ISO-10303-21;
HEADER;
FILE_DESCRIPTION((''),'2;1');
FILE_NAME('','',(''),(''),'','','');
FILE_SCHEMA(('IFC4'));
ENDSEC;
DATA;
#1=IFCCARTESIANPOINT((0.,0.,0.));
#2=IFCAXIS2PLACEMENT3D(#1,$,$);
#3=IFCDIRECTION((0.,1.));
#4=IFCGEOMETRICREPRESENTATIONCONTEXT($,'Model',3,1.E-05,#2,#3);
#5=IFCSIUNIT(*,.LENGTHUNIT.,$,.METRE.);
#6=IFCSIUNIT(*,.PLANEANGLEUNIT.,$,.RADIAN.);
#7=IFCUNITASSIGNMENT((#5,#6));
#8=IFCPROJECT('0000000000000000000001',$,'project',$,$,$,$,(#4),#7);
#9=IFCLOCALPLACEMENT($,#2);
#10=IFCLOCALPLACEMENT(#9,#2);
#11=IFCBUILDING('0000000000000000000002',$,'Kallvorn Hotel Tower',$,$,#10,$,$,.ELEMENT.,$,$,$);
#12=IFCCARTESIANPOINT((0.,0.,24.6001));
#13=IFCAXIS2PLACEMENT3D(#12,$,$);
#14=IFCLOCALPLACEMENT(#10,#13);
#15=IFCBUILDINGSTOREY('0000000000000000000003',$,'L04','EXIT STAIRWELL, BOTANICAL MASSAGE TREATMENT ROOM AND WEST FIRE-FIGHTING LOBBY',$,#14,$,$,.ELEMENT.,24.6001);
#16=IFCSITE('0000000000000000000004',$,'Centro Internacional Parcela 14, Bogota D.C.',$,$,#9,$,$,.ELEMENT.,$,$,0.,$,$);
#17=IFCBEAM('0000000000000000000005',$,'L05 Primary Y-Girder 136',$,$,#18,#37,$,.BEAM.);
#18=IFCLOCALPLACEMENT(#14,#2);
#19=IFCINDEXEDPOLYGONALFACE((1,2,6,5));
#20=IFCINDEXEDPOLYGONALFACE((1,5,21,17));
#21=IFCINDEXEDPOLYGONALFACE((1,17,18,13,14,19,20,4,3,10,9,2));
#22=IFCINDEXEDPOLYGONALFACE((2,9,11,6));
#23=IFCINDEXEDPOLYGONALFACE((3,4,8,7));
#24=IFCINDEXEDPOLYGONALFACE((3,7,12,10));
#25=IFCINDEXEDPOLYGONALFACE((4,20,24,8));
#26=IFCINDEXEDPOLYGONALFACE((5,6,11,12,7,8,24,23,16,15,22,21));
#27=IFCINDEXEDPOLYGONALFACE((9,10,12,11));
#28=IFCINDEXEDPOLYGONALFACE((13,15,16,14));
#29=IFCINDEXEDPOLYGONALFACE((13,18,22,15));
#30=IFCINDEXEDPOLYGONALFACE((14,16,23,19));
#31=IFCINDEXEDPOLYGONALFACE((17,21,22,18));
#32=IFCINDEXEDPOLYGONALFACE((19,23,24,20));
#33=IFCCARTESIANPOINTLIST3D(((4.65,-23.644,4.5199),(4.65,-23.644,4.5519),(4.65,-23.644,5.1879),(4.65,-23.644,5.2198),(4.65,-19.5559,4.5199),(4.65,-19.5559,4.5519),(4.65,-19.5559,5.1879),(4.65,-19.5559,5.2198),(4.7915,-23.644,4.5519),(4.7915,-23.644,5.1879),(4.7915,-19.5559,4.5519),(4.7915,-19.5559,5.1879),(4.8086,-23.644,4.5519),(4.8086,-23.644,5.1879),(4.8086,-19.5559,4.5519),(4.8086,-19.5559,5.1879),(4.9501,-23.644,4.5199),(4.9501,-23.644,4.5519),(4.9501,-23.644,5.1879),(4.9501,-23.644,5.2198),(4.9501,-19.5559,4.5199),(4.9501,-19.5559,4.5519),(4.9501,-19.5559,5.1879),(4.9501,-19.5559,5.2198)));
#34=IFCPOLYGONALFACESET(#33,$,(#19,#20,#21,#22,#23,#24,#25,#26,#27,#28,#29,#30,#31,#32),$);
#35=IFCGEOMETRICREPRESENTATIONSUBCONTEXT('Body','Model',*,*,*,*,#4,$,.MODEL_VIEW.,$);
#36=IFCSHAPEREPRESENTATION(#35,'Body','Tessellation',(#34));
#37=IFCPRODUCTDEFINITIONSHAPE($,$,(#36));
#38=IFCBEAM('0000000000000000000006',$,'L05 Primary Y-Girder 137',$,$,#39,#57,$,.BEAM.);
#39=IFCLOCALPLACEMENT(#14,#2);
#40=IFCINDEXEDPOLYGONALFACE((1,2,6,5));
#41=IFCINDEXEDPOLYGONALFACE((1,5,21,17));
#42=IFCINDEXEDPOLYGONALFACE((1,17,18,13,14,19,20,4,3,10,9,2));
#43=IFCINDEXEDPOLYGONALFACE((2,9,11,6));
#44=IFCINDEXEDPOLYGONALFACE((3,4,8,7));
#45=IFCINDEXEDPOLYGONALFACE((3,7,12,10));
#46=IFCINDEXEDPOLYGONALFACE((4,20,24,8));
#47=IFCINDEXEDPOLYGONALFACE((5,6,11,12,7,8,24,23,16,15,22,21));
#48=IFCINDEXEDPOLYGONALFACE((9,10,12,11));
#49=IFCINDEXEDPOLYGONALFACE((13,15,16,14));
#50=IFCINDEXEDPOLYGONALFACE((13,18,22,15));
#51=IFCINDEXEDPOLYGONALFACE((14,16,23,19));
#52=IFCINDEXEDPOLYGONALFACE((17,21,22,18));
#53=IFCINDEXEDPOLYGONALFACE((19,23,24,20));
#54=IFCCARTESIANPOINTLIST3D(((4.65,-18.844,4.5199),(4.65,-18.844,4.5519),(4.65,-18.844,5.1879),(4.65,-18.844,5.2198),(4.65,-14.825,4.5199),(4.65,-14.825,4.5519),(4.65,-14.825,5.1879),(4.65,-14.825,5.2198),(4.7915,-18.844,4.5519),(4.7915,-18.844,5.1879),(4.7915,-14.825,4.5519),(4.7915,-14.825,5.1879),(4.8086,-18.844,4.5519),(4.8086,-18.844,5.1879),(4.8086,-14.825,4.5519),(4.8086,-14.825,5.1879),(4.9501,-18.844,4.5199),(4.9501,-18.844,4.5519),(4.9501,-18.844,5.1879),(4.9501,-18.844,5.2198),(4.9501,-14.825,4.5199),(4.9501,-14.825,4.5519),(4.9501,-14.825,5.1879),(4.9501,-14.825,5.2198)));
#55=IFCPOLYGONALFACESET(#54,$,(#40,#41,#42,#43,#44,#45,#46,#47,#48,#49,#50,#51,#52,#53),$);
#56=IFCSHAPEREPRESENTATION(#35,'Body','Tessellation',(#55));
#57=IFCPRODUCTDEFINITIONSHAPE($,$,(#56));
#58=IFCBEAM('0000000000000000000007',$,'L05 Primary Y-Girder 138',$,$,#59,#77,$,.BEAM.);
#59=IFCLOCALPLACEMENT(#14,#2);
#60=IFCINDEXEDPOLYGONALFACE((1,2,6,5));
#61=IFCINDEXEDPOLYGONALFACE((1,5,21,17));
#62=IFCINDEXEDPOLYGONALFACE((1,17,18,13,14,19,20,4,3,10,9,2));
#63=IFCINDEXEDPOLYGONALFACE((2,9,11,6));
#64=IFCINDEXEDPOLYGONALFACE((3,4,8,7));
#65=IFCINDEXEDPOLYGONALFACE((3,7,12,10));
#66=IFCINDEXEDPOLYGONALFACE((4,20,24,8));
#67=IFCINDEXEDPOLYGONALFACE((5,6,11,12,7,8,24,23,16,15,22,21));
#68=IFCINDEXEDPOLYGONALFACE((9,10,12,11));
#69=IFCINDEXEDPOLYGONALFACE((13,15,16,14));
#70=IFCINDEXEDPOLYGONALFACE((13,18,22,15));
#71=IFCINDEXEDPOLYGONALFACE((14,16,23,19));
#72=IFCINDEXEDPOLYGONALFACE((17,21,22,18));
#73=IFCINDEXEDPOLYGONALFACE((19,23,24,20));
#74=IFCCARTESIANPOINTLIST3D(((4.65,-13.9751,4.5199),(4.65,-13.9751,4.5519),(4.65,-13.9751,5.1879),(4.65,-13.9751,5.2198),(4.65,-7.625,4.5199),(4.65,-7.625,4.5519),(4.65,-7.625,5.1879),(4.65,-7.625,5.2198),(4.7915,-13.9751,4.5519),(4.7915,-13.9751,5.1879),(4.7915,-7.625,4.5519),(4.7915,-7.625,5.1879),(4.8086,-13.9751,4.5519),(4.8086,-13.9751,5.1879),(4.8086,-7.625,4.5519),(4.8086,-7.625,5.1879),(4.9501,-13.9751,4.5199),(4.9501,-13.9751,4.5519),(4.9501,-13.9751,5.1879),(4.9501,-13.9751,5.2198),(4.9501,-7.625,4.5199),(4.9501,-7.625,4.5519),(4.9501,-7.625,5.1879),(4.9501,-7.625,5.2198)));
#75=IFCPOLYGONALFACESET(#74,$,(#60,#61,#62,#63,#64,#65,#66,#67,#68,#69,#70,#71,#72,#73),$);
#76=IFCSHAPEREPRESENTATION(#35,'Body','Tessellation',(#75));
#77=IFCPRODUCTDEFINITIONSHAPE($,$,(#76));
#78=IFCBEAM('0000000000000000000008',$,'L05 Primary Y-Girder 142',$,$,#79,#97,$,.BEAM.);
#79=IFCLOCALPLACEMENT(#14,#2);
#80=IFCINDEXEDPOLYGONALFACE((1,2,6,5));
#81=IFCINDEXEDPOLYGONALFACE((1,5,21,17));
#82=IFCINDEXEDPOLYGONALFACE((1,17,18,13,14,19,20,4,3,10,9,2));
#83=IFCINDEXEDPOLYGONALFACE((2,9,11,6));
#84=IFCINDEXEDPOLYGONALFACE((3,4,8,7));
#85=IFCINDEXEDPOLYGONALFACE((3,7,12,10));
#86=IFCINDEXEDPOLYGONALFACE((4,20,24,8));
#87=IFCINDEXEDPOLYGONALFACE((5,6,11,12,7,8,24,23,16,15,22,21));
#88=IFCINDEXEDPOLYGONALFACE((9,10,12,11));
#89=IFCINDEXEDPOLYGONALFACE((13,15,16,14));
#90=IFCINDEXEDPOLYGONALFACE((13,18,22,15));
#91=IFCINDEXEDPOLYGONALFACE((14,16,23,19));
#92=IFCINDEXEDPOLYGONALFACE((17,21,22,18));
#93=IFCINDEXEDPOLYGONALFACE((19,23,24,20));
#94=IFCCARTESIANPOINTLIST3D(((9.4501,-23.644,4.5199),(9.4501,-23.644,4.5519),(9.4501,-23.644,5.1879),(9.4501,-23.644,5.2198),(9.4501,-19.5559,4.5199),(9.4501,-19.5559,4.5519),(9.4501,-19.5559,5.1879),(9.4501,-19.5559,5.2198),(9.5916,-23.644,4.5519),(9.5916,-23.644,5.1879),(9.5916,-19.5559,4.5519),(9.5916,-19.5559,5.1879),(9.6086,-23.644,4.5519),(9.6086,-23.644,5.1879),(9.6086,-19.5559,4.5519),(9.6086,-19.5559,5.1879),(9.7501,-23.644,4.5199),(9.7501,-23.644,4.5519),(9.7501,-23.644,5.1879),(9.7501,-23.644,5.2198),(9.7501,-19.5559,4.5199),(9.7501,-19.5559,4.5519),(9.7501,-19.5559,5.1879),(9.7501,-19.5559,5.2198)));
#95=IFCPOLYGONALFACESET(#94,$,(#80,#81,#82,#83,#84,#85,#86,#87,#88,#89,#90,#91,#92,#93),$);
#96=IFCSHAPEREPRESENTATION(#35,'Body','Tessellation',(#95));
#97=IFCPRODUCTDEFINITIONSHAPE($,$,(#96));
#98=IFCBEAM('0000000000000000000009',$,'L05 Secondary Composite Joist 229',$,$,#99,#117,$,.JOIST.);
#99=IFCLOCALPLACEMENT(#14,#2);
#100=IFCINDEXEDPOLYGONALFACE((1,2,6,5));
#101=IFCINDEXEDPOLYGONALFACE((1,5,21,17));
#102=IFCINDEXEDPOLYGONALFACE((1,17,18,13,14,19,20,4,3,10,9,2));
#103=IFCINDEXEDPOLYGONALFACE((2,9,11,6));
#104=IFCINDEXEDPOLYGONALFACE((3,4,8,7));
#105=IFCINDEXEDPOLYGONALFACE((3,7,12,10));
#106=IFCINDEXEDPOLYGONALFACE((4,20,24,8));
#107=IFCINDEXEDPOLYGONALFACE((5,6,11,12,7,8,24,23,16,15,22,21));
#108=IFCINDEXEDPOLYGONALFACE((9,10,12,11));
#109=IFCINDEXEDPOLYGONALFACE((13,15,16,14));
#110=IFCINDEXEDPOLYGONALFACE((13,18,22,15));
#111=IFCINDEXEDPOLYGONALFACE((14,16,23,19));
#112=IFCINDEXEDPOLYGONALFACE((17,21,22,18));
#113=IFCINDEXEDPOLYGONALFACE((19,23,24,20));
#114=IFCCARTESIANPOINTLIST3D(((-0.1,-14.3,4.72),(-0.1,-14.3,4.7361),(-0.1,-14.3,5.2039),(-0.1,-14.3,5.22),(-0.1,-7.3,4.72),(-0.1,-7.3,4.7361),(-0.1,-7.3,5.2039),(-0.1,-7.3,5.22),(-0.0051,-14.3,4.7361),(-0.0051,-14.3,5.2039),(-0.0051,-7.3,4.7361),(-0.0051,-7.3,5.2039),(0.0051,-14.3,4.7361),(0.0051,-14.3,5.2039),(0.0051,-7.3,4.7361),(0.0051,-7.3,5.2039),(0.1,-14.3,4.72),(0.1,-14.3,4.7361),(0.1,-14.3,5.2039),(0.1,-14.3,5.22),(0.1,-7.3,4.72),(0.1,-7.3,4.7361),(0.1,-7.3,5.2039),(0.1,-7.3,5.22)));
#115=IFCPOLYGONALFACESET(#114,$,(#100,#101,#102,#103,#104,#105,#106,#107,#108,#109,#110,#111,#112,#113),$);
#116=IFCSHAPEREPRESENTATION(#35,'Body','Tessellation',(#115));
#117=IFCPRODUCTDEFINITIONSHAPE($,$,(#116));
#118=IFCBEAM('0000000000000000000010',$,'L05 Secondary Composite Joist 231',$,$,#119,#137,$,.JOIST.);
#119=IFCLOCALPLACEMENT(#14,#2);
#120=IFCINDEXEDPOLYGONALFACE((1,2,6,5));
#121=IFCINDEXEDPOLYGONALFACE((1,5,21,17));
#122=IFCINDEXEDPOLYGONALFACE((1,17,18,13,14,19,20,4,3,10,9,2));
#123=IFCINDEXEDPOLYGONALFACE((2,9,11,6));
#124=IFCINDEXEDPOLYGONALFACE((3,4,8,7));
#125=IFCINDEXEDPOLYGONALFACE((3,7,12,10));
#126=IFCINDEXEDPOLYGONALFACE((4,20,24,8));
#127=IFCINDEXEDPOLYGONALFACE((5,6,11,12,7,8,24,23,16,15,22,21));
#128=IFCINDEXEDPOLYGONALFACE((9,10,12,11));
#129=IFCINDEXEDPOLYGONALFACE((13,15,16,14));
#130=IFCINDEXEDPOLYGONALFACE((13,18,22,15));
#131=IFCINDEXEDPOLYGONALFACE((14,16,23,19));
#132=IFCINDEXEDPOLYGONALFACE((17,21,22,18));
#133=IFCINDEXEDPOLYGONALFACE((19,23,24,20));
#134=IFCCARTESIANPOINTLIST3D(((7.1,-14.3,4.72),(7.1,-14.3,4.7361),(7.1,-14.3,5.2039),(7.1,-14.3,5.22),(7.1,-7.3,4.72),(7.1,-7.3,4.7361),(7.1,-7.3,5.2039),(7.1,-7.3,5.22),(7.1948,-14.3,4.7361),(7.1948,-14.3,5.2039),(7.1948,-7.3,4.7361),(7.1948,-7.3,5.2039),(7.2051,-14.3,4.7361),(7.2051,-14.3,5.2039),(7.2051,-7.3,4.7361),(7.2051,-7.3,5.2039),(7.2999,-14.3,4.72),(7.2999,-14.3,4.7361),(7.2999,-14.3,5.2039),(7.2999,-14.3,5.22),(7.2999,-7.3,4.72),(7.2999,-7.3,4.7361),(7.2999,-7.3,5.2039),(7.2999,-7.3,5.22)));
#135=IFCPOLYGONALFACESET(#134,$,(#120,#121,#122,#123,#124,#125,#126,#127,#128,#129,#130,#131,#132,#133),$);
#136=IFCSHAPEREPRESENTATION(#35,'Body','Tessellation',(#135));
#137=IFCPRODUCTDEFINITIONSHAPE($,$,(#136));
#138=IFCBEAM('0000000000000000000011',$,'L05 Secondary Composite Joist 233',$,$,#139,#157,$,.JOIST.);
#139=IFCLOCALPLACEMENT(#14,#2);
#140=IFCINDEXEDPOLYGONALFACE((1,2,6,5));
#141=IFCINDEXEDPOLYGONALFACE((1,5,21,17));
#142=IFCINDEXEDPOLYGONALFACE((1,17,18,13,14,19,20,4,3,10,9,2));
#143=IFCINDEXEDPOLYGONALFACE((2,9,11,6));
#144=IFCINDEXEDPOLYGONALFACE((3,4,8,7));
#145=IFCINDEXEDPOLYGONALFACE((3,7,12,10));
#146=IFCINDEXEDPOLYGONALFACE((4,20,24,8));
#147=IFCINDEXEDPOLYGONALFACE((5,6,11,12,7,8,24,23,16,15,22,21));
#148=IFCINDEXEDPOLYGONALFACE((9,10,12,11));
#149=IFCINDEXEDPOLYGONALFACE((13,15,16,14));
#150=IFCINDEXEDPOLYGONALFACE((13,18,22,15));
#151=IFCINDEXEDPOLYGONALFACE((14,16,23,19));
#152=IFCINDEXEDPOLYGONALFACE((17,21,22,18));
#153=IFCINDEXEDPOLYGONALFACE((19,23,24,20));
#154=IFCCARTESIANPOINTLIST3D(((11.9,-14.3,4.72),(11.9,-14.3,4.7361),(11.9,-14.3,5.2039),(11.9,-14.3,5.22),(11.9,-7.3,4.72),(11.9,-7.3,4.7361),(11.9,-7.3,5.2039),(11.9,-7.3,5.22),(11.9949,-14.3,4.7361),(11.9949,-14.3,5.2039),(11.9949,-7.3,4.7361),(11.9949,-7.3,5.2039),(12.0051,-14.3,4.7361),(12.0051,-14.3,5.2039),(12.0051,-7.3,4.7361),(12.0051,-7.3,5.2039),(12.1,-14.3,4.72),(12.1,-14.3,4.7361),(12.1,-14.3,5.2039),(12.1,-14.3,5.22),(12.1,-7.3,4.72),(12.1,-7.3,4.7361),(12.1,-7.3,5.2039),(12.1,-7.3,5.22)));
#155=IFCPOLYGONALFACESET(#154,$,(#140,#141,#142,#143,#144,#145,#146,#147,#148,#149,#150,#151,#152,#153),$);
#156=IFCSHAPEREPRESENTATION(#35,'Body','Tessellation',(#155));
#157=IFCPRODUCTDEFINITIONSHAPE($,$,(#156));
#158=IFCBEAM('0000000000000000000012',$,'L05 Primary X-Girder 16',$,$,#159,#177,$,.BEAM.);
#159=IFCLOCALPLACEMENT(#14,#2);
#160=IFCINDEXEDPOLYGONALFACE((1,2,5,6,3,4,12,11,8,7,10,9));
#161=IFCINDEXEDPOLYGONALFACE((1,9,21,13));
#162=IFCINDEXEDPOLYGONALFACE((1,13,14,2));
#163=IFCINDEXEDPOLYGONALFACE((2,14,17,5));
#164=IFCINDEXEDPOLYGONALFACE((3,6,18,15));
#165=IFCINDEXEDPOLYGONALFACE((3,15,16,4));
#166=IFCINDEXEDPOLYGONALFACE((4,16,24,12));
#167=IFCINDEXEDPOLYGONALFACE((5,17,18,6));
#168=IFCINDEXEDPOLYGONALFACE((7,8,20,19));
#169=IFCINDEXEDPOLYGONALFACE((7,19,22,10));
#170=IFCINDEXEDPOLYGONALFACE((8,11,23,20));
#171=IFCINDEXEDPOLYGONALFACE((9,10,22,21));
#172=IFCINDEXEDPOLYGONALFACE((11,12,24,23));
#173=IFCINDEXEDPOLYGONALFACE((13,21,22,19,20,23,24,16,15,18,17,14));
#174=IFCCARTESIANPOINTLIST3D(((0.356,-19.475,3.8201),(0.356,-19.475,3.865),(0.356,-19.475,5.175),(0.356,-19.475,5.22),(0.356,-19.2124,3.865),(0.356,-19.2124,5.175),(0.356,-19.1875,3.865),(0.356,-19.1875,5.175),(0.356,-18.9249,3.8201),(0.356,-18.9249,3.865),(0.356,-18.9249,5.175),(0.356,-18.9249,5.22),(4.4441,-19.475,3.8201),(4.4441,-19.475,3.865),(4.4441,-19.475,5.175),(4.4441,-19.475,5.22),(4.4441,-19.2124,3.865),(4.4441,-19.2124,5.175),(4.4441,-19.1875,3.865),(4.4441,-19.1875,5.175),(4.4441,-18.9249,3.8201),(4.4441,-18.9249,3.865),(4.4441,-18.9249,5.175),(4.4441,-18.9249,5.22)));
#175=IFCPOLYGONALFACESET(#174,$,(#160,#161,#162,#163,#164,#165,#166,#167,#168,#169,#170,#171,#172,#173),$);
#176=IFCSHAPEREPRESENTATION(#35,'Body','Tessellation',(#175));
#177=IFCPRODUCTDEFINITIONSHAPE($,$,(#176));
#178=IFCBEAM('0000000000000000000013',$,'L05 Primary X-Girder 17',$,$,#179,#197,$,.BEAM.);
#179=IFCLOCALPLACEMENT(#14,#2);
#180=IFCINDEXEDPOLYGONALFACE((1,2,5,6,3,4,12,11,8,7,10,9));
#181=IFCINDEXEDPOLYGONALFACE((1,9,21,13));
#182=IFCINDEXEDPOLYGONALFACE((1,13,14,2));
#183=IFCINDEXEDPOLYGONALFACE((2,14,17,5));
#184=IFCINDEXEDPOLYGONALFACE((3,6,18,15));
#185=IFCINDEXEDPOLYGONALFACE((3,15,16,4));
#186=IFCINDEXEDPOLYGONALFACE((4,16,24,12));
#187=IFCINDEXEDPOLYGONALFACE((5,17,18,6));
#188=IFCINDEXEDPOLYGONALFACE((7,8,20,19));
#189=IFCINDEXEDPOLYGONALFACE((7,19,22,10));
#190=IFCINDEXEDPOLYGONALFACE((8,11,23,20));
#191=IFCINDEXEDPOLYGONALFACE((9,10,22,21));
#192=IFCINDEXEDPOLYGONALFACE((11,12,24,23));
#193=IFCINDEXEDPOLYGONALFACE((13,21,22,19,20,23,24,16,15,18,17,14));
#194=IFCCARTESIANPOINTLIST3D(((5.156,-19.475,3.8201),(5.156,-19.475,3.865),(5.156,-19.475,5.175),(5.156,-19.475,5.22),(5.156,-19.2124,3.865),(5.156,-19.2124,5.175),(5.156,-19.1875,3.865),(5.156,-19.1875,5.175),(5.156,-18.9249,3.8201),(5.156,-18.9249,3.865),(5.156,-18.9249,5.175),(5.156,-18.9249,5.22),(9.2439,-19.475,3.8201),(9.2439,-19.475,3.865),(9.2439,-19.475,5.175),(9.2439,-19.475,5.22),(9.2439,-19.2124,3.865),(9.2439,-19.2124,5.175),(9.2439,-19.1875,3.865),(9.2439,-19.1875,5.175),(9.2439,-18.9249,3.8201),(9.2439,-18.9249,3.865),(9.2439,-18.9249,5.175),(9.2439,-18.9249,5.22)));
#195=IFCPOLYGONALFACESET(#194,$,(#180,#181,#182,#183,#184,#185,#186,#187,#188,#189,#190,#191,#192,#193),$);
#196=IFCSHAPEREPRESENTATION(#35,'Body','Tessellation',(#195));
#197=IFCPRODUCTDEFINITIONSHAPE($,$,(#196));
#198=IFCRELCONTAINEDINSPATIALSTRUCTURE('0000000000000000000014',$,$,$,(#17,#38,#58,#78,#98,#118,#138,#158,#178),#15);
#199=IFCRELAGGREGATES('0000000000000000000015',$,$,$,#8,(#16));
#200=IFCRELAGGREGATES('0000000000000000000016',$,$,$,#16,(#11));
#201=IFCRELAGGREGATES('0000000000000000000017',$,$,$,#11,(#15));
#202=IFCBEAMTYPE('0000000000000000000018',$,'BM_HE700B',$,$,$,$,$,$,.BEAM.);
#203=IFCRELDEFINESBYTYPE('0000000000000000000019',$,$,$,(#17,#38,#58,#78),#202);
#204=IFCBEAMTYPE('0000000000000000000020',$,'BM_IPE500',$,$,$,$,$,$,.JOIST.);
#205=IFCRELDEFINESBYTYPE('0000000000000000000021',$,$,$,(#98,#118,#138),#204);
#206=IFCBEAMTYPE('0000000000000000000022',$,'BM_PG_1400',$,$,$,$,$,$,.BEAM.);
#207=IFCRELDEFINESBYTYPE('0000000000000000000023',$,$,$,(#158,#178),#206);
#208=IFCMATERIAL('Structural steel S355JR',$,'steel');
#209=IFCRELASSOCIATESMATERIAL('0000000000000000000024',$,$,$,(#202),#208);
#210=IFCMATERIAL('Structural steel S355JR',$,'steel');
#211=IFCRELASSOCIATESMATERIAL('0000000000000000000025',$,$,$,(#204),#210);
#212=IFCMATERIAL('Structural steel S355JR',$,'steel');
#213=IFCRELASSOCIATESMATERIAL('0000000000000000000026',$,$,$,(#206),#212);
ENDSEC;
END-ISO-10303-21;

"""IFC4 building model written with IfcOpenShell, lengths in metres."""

from ifc_helpers import new_model, si_unit, direction, frame, origin, origin_2d, place, context, subcontext, project, spatial, i_section, extrude, material, material_profile, profile_set, type_object, element, save


model = new_model("IFC4")

# Units and contexts
model_context = context("Model", 3, precision=1e-05, world=origin(), true_north=direction((0.0, 1.0)))
body_context = subcontext(model_context, "Body", "Model", "MODEL_VIEW")
ifc_project = project(units=[si_unit("LENGTHUNIT", "METRE"), si_unit("PLANEANGLEUNIT", "RADIAN")], contexts=[model_context])

# Site, building, storey
site_placement = place(None, origin())
site = spatial("IfcSite", under=ifc_project, at=site_placement, Name="Centro Internacional Parcela 14, Bogota D.C.", CompositionType="ELEMENT", RefElevation=0.0)
building_placement = place(site_placement, origin())
building = spatial("IfcBuilding", under=site, at=building_placement, Name="Kallvorn Hotel Tower", CompositionType="ELEMENT")
storey_placement = place(building_placement, frame((0.0, 0.0, 24.6001)))
storey = spatial("IfcBuildingStorey", under=building, at=storey_placement, Name="L04", Description="EXIT STAIRWELL, BOTANICAL MASSAGE TREATMENT ROOM AND WEST FIRE-FIGHTING LOBBY", CompositionType="ELEMENT", Elevation=24.6001)

# Beams
ifc_material_1 = material(Name="Structural steel S355JR", Category="steel")
ifc_material_profile_1 = material_profile(ifc_material_1, i_section(OverallWidth=0.3, OverallDepth=0.7, WebThickness=0.0171, FlangeThickness=0.032, at=origin_2d()), Name="HE 700 B")
ifc_profile_set_1 = profile_set([ifc_material_profile_1], Name="Structural steel S355JR")
beam_type_1 = type_object("IfcBeamType", Name="BM_HE700B", PredefinedType="BEAM", material=ifc_profile_set_1)
for number, where, z_axis, x_axis, name in (
    (1, (4.8, -23.644, 4.8699), (0.0, 1.0, 0.0), (-1.0, 0.0, 0.0), "L05 Primary Y-Girder 136"),
):
    element("IfcBeam", number, at=place(storey_placement, frame(where, z_axis=z_axis, x_axis=x_axis)), inside=storey, type_object=beam_type_1, Name=name, PredefinedType="BEAM", context=body_context, shape_type="SweptSolid", body=[
        extrude(i_section(OverallWidth=0.3, OverallDepth=0.7, WebThickness=0.0171, FlangeThickness=0.032, at=origin_2d()), origin(), (0.0, 0.0, 1.0), 4.0881),
    ])
beam_1_placement = place(storey_placement, frame((4.8, -18.844, 4.8699), z_axis=(0.0, 1.0, 0.0), x_axis=(-1.0, 0.0, 0.0)))
element("IfcBeam", 2, at=beam_1_placement, inside=storey, type_object=beam_type_1, Name="L05 Primary Y-Girder 137", PredefinedType="BEAM", context=body_context, shape_type="SweptSolid", body=[
    extrude(i_section(OverallWidth=0.3, OverallDepth=0.7, WebThickness=0.0171, FlangeThickness=0.032, at=origin_2d()), origin(), (0.0, 0.0, 1.0), 4.019),
])
beam_2_placement = place(storey_placement, frame((4.8, -13.9751, 4.8699), z_axis=(0.0, 1.0, 0.0), x_axis=(-1.0, 0.0, 0.0)))
element("IfcBeam", 3, at=beam_2_placement, inside=storey, type_object=beam_type_1, Name="L05 Primary Y-Girder 138", PredefinedType="BEAM", context=body_context, shape_type="SweptSolid", body=[
    extrude(i_section(OverallWidth=0.3, OverallDepth=0.7, WebThickness=0.0171, FlangeThickness=0.032, at=origin_2d()), origin(), (0.0, 0.0, 1.0), 6.3501),
])
beam_3_placement = place(storey_placement, frame((9.6001, -23.644, 4.8699), z_axis=(0.0, 1.0, 0.0), x_axis=(-1.0, 0.0, 0.0)))
element("IfcBeam", 4, at=beam_3_placement, inside=storey, type_object=beam_type_1, Name="L05 Primary Y-Girder 142", PredefinedType="BEAM", context=body_context, shape_type="SweptSolid", body=[
    extrude(i_section(OverallWidth=0.3, OverallDepth=0.7, WebThickness=0.0171, FlangeThickness=0.032, at=origin_2d()), origin(), (0.0, 0.0, 1.0), 4.0881),
])
ifc_material_2 = material(Name="Structural steel S355JR", Category="steel")
ifc_material_profile_2 = material_profile(ifc_material_2, i_section(OverallWidth=0.2, OverallDepth=0.5, WebThickness=0.0103, FlangeThickness=0.0161, at=origin_2d()), Name="IPE 500")
ifc_profile_set_2 = profile_set([ifc_material_profile_2], Name="Structural steel S355JR")
beam_type_2 = type_object("IfcBeamType", Name="BM_IPE500", PredefinedType="JOIST", material=ifc_profile_set_2)
for number, where, z_axis, x_axis, name in (
    (5, (0.0, -14.3, 4.97), (0.0, 1.0, 0.0), (-1.0, 0.0, 0.0), "L05 Secondary Composite Joist 229"),
    (6, (7.2, -14.3, 4.97), (0.0, 1.0, 0.0), (-1.0, 0.0, 0.0), "L05 Secondary Composite Joist 231"),
    (7, (12.0, -14.3, 4.97), (0.0, 1.0, 0.0), (-1.0, 0.0, 0.0), "L05 Secondary Composite Joist 233"),
):
    element("IfcBeam", number, at=place(storey_placement, frame(where, z_axis=z_axis, x_axis=x_axis)), inside=storey, type_object=beam_type_2, Name=name, PredefinedType="JOIST", context=body_context, shape_type="SweptSolid", body=[
        extrude(i_section(OverallWidth=0.2, OverallDepth=0.5, WebThickness=0.0103, FlangeThickness=0.0161, at=origin_2d()), origin(), (0.0, 0.0, 1.0), 7.0),
    ])
ifc_material_3 = material(Name="Structural steel S355JR", Category="steel")
ifc_material_profile_3 = material_profile(ifc_material_3, i_section(OverallWidth=0.55, OverallDepth=1.3999, WebThickness=0.0249, FlangeThickness=0.0449, at=origin_2d()), Name="PG 1400x550x25x45")
ifc_profile_set_3 = profile_set([ifc_material_profile_3], Name="Structural steel S355JR")
beam_type_3 = type_object("IfcBeamType", Name="BM_PG_1400", PredefinedType="BEAM", material=ifc_profile_set_3)
beam_4_placement = place(storey_placement, frame((0.356, -19.2, 4.52), z_axis=(1.0, 0.0, 0.0), x_axis=(0.0, 1.0, 0.0)))
element("IfcBeam", 8, at=beam_4_placement, inside=storey, type_object=beam_type_3, Name="L05 Primary X-Girder 16", PredefinedType="BEAM", context=body_context, shape_type="SweptSolid", body=[
    extrude(i_section(OverallWidth=0.55, OverallDepth=1.3999, WebThickness=0.0249, FlangeThickness=0.0449, at=origin_2d()), origin(), (0.0, 0.0, 1.0), 4.0881),
])
for number, where, z_axis, x_axis, name in (
    (9, (5.156, -19.2, 4.52), (1.0, 0.0, 0.0), (0.0, 1.0, 0.0), "L05 Primary X-Girder 17"),
):
    element("IfcBeam", number, at=place(storey_placement, frame(where, z_axis=z_axis, x_axis=x_axis)), inside=storey, type_object=beam_type_3, Name=name, PredefinedType="BEAM", context=body_context, shape_type="SweptSolid", body=[
        extrude(i_section(OverallWidth=0.55, OverallDepth=1.3999, WebThickness=0.0249, FlangeThickness=0.0449, at=origin_2d()), origin(), (0.0, 0.0, 1.0), 4.0879),
    ])

save(model, "model.ifc")
